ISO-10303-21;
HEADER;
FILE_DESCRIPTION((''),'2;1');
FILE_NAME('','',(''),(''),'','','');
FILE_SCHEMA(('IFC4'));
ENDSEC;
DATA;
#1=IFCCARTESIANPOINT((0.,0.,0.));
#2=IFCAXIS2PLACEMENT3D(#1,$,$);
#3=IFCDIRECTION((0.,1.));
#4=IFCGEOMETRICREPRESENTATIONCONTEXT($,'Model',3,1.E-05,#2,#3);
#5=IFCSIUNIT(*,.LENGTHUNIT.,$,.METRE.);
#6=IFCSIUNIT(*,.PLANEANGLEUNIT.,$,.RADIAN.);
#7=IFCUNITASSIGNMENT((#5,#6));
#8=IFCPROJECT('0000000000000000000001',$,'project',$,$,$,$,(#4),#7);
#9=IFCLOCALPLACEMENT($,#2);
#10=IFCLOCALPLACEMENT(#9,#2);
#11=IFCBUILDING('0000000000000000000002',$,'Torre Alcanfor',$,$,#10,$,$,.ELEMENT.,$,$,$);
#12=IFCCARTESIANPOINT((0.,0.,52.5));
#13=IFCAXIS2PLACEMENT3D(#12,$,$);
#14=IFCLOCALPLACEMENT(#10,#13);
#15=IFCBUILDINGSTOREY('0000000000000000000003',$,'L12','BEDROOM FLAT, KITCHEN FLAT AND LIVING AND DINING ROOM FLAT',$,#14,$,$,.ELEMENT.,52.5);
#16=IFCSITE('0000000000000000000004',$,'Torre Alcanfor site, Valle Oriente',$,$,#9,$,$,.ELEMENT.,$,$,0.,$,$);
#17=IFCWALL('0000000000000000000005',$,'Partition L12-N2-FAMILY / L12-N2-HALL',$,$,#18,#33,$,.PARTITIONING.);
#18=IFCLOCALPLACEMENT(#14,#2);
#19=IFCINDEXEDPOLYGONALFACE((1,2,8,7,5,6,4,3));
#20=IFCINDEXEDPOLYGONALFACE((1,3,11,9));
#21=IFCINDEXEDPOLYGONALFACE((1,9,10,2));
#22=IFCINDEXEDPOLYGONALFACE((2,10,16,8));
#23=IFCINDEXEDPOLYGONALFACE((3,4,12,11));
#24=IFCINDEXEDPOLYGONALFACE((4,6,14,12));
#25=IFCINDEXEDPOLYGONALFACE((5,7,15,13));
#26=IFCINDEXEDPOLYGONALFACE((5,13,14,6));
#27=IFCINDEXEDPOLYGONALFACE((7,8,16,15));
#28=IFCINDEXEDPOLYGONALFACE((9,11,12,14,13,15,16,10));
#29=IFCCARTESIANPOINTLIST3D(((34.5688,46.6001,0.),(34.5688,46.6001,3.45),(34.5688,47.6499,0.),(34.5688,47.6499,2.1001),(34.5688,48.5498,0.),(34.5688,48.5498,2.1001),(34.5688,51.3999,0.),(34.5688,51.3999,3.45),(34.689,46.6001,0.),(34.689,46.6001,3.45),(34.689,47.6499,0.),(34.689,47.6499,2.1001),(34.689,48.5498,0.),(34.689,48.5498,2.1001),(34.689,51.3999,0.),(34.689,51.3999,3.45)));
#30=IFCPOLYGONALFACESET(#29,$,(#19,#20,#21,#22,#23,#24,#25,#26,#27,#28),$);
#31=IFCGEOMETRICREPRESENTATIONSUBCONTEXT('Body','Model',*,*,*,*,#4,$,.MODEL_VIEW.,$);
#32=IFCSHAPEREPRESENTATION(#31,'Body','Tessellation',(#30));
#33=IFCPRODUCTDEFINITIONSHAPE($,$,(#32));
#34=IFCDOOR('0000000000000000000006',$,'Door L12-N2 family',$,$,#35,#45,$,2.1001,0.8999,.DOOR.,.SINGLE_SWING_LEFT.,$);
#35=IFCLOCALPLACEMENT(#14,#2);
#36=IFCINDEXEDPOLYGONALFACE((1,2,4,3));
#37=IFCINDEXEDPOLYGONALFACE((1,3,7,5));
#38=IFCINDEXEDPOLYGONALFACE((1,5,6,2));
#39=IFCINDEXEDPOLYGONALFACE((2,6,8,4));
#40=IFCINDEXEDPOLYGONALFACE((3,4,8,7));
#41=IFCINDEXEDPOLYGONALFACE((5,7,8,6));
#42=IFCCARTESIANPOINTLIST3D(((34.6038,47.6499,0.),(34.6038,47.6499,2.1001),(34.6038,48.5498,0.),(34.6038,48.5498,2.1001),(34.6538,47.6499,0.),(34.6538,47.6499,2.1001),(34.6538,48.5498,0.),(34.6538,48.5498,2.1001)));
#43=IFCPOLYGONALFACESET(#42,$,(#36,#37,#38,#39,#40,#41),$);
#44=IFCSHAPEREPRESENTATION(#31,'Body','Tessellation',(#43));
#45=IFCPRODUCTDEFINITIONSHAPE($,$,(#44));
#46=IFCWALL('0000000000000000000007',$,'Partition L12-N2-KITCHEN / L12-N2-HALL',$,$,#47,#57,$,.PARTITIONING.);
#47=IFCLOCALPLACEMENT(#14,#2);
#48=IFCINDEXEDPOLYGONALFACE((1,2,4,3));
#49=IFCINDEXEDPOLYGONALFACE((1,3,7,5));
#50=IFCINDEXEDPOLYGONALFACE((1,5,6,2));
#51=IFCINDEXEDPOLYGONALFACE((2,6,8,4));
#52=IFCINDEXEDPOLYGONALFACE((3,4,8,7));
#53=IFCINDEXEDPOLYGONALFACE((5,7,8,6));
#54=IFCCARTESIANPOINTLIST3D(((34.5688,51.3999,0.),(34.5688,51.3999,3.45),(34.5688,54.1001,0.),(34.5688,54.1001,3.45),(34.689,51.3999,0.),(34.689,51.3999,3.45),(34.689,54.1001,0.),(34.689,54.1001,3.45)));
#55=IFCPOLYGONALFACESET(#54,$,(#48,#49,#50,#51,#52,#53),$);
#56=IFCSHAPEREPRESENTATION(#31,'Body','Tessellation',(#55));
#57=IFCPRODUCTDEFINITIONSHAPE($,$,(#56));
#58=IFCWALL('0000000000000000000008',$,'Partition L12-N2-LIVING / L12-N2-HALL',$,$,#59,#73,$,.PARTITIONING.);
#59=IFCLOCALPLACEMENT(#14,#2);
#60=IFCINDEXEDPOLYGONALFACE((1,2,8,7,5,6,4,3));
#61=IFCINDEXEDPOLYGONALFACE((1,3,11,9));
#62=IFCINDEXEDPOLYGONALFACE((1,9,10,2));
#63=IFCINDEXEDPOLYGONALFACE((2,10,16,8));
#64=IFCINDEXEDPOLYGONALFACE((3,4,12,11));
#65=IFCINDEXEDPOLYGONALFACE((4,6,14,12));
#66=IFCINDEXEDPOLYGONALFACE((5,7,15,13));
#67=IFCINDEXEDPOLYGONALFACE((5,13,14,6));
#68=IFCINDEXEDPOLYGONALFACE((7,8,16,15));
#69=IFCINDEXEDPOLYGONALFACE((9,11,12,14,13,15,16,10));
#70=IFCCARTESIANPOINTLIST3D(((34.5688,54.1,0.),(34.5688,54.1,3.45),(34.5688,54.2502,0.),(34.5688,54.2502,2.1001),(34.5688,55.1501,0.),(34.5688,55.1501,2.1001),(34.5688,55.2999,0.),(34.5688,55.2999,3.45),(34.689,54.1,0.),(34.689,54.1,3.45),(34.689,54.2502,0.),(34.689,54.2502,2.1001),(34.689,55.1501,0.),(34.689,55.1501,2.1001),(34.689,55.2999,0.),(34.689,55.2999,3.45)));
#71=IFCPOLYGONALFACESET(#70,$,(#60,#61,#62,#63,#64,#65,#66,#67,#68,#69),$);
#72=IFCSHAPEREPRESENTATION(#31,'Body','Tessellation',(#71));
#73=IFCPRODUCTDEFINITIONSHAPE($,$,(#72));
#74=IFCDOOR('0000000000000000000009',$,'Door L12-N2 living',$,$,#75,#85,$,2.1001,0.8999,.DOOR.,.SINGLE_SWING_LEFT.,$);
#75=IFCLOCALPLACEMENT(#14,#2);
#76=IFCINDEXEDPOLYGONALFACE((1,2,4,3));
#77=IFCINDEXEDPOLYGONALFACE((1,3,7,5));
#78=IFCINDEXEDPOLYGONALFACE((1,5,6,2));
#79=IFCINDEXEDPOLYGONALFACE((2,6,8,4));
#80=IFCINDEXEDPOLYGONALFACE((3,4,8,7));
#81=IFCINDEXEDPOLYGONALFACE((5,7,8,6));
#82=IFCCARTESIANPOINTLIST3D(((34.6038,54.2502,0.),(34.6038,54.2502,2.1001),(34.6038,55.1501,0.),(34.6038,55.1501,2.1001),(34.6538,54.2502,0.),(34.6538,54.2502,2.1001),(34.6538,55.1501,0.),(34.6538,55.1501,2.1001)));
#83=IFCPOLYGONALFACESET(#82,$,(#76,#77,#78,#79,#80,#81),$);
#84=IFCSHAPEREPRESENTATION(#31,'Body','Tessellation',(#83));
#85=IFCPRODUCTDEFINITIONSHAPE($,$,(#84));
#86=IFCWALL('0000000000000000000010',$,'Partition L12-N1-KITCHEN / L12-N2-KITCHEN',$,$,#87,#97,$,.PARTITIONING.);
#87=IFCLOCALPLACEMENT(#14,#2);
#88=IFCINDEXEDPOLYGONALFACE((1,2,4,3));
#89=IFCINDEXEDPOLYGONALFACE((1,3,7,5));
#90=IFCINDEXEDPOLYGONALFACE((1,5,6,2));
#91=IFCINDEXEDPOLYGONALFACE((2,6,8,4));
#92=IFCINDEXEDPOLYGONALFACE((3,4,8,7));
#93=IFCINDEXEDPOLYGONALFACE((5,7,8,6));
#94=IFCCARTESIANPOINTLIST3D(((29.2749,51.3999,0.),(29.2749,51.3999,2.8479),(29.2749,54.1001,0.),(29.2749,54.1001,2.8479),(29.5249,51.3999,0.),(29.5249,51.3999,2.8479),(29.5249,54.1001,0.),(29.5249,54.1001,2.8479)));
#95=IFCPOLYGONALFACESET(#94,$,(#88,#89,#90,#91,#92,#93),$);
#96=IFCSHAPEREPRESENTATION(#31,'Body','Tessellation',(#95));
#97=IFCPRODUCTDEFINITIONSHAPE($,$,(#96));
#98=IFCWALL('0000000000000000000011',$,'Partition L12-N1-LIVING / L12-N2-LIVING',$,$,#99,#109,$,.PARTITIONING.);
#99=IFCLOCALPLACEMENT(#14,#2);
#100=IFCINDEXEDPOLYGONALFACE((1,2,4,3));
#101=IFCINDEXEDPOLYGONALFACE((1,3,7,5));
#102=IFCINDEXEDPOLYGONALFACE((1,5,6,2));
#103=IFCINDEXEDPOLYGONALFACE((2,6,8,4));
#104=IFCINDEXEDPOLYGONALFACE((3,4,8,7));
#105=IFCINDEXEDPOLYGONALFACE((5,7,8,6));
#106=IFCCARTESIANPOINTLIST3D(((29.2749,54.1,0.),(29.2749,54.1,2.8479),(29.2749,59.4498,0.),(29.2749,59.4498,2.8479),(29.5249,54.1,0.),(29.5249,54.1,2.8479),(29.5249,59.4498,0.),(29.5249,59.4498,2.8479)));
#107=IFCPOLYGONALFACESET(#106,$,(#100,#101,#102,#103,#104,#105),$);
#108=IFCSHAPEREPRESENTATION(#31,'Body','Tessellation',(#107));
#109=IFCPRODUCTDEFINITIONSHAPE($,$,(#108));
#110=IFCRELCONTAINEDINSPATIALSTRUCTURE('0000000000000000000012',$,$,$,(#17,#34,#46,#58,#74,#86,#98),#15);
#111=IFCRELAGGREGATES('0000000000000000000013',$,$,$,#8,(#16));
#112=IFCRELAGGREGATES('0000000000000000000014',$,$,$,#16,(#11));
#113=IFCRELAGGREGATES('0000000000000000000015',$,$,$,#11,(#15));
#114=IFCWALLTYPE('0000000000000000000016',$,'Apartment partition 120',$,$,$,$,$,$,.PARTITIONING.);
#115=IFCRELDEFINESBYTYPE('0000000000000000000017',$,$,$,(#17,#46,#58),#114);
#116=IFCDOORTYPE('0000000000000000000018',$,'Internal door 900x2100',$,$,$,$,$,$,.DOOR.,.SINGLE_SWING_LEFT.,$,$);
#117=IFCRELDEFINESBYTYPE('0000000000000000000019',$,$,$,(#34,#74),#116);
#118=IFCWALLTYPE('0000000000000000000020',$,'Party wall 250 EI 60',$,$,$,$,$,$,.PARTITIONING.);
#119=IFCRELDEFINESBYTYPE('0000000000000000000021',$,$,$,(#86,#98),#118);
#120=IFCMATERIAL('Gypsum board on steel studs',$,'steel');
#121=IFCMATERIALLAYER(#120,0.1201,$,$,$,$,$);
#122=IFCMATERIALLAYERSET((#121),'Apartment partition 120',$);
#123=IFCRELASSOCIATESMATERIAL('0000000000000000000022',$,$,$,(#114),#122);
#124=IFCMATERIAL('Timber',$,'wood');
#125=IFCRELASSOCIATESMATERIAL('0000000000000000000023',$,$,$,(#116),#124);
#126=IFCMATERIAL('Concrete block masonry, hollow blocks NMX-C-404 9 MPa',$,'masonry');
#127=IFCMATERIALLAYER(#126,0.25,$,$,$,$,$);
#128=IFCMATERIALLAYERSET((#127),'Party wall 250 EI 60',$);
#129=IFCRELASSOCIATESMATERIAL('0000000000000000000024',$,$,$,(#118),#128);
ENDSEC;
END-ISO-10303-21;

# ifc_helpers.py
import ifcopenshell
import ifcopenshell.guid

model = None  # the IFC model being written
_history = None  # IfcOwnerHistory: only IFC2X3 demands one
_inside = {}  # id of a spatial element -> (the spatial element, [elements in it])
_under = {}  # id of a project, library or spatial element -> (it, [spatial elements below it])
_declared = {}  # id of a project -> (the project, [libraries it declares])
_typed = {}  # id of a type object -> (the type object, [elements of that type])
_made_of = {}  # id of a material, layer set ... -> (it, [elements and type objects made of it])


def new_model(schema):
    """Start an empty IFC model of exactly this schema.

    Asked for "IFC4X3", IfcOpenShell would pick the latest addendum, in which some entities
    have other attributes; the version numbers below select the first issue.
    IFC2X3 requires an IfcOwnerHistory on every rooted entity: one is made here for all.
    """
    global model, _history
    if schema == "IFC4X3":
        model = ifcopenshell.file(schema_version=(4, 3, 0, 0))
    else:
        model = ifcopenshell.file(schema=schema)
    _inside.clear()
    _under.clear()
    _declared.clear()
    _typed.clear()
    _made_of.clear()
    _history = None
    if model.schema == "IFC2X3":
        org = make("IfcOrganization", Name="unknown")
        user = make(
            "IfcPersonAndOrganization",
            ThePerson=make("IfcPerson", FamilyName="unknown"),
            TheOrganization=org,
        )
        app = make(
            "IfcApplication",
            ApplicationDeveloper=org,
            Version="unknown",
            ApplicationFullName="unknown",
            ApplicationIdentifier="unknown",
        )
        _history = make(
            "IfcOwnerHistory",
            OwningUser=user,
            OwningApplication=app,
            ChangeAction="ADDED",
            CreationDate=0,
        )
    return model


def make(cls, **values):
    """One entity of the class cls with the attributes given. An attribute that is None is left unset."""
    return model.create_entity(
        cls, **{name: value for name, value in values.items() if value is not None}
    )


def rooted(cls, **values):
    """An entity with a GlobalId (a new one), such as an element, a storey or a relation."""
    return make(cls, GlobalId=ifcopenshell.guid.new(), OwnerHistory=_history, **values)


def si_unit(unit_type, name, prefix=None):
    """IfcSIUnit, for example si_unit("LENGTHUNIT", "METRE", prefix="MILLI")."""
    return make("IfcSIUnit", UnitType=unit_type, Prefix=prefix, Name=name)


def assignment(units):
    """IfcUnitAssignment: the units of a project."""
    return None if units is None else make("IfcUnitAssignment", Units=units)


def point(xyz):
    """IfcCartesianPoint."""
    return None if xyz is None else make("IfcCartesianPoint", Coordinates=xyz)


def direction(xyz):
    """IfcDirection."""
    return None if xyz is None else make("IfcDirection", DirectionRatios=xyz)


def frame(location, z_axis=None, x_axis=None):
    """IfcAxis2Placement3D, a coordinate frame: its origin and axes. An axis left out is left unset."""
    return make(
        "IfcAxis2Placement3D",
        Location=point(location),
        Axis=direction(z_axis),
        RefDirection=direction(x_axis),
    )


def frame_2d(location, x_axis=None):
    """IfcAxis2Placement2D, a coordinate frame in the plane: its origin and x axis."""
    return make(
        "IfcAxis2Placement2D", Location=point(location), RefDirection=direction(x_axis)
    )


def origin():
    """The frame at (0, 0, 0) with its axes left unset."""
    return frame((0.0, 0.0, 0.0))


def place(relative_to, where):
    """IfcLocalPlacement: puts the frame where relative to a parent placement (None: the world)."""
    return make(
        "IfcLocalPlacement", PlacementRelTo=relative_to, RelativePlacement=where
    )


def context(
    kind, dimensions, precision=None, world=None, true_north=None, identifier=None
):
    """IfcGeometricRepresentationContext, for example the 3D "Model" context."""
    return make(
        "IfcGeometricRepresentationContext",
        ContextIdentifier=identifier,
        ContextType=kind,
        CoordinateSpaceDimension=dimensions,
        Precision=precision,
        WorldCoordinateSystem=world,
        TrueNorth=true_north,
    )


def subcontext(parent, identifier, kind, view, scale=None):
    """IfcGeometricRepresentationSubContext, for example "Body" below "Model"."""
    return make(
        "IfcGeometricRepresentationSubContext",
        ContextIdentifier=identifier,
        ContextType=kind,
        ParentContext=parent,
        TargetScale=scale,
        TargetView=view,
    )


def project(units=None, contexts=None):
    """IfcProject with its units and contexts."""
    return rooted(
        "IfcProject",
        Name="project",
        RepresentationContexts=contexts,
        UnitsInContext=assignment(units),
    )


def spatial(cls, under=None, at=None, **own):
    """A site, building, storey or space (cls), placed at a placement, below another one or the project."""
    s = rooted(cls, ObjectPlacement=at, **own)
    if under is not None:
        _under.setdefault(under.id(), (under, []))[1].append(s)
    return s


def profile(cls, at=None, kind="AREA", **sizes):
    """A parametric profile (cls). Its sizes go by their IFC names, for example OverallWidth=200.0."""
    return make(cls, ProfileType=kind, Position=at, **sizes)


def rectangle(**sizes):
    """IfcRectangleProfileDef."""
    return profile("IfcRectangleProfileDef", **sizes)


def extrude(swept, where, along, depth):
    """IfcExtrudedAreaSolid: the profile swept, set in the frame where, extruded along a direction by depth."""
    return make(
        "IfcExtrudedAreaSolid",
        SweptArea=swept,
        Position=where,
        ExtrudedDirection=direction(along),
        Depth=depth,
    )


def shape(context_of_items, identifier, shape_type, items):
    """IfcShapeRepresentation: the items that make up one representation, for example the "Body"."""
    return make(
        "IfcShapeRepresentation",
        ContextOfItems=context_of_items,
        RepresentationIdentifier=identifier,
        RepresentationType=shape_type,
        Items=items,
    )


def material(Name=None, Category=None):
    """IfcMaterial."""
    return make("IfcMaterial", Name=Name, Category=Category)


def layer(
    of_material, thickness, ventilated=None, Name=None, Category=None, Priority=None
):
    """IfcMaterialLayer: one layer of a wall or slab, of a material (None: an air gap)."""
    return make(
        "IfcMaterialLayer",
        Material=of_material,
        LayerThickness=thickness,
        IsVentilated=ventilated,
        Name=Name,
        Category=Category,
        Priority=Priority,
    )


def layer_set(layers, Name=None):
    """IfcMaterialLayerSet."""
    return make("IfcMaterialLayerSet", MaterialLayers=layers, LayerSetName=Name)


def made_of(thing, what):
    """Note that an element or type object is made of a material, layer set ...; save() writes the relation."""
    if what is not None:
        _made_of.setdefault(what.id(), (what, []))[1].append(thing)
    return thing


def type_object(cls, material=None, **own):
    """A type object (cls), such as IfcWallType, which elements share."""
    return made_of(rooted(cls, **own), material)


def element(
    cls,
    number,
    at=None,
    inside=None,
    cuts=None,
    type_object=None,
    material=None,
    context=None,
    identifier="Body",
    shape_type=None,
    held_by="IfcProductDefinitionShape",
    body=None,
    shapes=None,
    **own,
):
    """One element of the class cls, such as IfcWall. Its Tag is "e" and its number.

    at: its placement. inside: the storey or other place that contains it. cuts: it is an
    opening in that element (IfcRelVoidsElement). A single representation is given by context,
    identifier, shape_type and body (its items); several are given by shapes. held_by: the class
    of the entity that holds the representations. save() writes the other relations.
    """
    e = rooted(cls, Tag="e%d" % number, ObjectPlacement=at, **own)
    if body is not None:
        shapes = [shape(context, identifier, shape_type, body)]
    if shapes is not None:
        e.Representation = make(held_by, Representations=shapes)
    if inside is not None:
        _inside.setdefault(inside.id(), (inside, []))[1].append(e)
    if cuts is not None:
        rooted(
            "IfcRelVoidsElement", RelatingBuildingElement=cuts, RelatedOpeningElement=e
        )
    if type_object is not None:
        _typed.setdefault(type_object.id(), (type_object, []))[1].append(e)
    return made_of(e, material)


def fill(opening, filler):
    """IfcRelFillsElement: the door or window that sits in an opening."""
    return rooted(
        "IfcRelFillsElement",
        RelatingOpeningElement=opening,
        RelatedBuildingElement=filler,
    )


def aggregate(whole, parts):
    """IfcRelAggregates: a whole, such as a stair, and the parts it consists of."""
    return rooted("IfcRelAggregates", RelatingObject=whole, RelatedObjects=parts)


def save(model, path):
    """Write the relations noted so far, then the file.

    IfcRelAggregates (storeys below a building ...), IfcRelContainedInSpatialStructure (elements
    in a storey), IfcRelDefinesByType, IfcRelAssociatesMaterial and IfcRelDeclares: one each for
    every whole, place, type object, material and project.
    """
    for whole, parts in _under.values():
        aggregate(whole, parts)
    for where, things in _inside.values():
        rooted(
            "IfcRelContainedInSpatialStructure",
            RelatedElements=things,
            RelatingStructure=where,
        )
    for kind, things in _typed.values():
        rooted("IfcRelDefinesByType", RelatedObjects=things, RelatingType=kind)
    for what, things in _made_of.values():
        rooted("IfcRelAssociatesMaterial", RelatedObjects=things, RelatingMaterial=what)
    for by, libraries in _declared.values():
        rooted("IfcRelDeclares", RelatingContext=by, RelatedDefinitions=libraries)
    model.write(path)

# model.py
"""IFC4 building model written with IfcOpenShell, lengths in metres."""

from ifc_helpers import new_model, si_unit, direction, frame, frame_2d, origin, place, context, subcontext, project, spatial, rectangle, extrude, material, layer, layer_set, type_object, element, fill, save


model = new_model("IFC4")

# Units and contexts
model_context = context("Model", 3, precision=1e-05, world=origin(), true_north=direction((0.0, 1.0)))
body_context = subcontext(model_context, "Body", "Model", "MODEL_VIEW")
ifc_project = project(units=[si_unit("LENGTHUNIT", "METRE"), si_unit("PLANEANGLEUNIT", "RADIAN")], contexts=[model_context])

# Site, building, storey
site_placement = place(None, origin())
site = spatial("IfcSite", under=ifc_project, at=site_placement, Name="Torre Alcanfor site, Valle Oriente", CompositionType="ELEMENT", RefElevation=0.0)
building_placement = place(site_placement, origin())
building = spatial("IfcBuilding", under=site, at=building_placement, Name="Torre Alcanfor", CompositionType="ELEMENT")
storey_placement = place(building_placement, frame((0.0, 0.0, 52.5)))
storey = spatial("IfcBuildingStorey", under=building, at=storey_placement, Name="L12", Description="BEDROOM FLAT, KITCHEN FLAT AND LIVING AND DINING ROOM FLAT", CompositionType="ELEMENT", Elevation=52.5)

# Shared definitions
ifc_material_1 = material(Name="Gypsum board on steel studs", Category="steel")
ifc_layer_1 = layer(ifc_material_1, 0.1201)
ifc_layer_set_1 = layer_set([ifc_layer_1], Name="Apartment partition 120")
wall_type_1 = type_object("IfcWallType", Name="Apartment partition 120", PredefinedType="PARTITIONING", material=ifc_layer_set_1)

# Wall, opening, door
wall_1_placement = place(storey_placement, frame((34.6289, 51.3999, 0.0), z_axis=(0.0, 0.0, 1.0), x_axis=(0.0, -1.0, 0.0)))
wall_1 = element("IfcWall", 1, at=wall_1_placement, inside=storey, type_object=wall_type_1, Name="Partition L12-N2-FAMILY / L12-N2-HALL", PredefinedType="PARTITIONING", context=body_context, shape_type="SweptSolid", body=[
    extrude(rectangle(XDim=4.7998, YDim=0.1201, at=frame_2d((2.3999, 0.0))), origin(), (0.0, 0.0, 1.0), 3.45),
])
opening_1_placement = place(wall_1_placement, frame((2.8501, 0.0, 0.0)))
opening_1 = element("IfcOpeningElement", 2, at=opening_1_placement, cuts=wall_1, PredefinedType="OPENING", context=body_context, shape_type="SweptSolid", body=[
    extrude(rectangle(XDim=0.8999, YDim=2.1001, at=frame_2d((0.45, 1.05))), frame((0.0, 0.0701, 0.0), z_axis=(0.0, -1.0, 0.0), x_axis=(1.0, 0.0, 0.0)), (0.0, 0.0, 1.0), 0.1401),
])
ifc_material_2 = material(Name="Timber", Category="wood")
door_type = type_object("IfcDoorType", Name="Internal door 900x2100", OperationType="SINGLE_SWING_LEFT", PredefinedType="DOOR", material=ifc_material_2)
door_1_placement = place(opening_1_placement, frame((0.8999, 0.0, 0.0), z_axis=(0.0, 0.0, 1.0), x_axis=(-1.0, 0.0, 0.0)))
door_1 = element("IfcDoor", 3, at=door_1_placement, inside=storey, type_object=door_type, Name="Door L12-N2 family", OperationType="SINGLE_SWING_LEFT", OverallHeight=2.1001, OverallWidth=0.8999, PredefinedType="DOOR", context=body_context, shape_type="SweptSolid", body=[
    extrude(rectangle(XDim=0.8999, YDim=2.1001, at=frame_2d((0.45, 1.05))), frame((0.0, 0.0251, 0.0), z_axis=(0.0, -1.0, 0.0), x_axis=(1.0, 0.0, 0.0)), (0.0, 0.0, 1.0), 0.05),
])
fill(opening_1, door_1)

# Wall
wall_2_placement = place(storey_placement, frame((34.6289, 54.1001, 0.0), z_axis=(0.0, 0.0, 1.0), x_axis=(0.0, -1.0, 0.0)))
element("IfcWall", 4, at=wall_2_placement, inside=storey, type_object=wall_type_1, Name="Partition L12-N2-KITCHEN / L12-N2-HALL", PredefinedType="PARTITIONING", context=body_context, shape_type="SweptSolid", body=[
    extrude(rectangle(XDim=2.7002, YDim=0.1201, at=frame_2d((1.3501, 0.0))), origin(), (0.0, 0.0, 1.0), 3.45),
])

# Wall, opening, door
wall_3_placement = place(storey_placement, frame((34.6289, 55.3, 0.0), z_axis=(0.0, 0.0, 1.0), x_axis=(0.0, -1.0, 0.0)))
wall_3 = element("IfcWall", 5, at=wall_3_placement, inside=storey, type_object=wall_type_1, Name="Partition L12-N2-LIVING / L12-N2-HALL", PredefinedType="PARTITIONING", context=body_context, shape_type="SweptSolid", body=[
    extrude(rectangle(XDim=1.2, YDim=0.1201, at=frame_2d((0.6001, 0.0))), origin(), (0.0, 0.0, 1.0), 3.45),
])
opening_2_placement = place(wall_3_placement, frame((0.1499, 0.0, 0.0)))
opening_2 = element("IfcOpeningElement", 6, at=opening_2_placement, cuts=wall_3, PredefinedType="OPENING", context=body_context, shape_type="SweptSolid", body=[
    extrude(rectangle(XDim=0.8999, YDim=2.1001, at=frame_2d((0.45, 1.05))), frame((0.0, 0.0701, 0.0), z_axis=(0.0, -1.0, 0.0), x_axis=(1.0, 0.0, 0.0)), (0.0, 0.0, 1.0), 0.1401),
])
door_2_placement = place(opening_2_placement, frame((0.8999, 0.0, 0.0), z_axis=(0.0, 0.0, 1.0), x_axis=(-1.0, 0.0, 0.0)))
door_2 = element("IfcDoor", 7, at=door_2_placement, inside=storey, type_object=door_type, Name="Door L12-N2 living", OperationType="SINGLE_SWING_LEFT", OverallHeight=2.1001, OverallWidth=0.8999, PredefinedType="DOOR", context=body_context, shape_type="SweptSolid", body=[
    extrude(rectangle(XDim=0.8999, YDim=2.1001, at=frame_2d((0.45, 1.05))), frame((0.0, 0.0251, 0.0), z_axis=(0.0, -1.0, 0.0), x_axis=(1.0, 0.0, 0.0)), (0.0, 0.0, 1.0), 0.05),
])
fill(opening_2, door_2)

# Walls
ifc_material_3 = material(Name="Concrete block masonry, hollow blocks NMX-C-404 9 MPa", Category="masonry")
ifc_layer_2 = layer(ifc_material_3, 0.25)
ifc_layer_set_2 = layer_set([ifc_layer_2], Name="Party wall 250 EI 60")
wall_type_2 = type_object("IfcWallType", Name="Party wall 250 EI 60", PredefinedType="PARTITIONING", material=ifc_layer_set_2)
wall_4_placement = place(storey_placement, frame((29.3999, 51.3999, 0.0), z_axis=(0.0, 0.0, 1.0), x_axis=(0.0, 1.0, 0.0)))
element("IfcWall", 8, at=wall_4_placement, inside=storey, type_object=wall_type_2, Name="Partition L12-N1-KITCHEN / L12-N2-KITCHEN", PredefinedType="PARTITIONING", context=body_context, shape_type="SweptSolid", body=[
    extrude(rectangle(XDim=2.7002, YDim=0.25, at=frame_2d((1.3501, 0.0))), origin(), (0.0, 0.0, 1.0), 2.8479),
])
wall_5_placement = place(storey_placement, frame((29.3999, 54.1001, 0.0), z_axis=(0.0, 0.0, 1.0), x_axis=(0.0, 1.0, 0.0)))
element("IfcWall", 9, at=wall_5_placement, inside=storey, type_object=wall_type_2, Name="Partition L12-N1-LIVING / L12-N2-LIVING", PredefinedType="PARTITIONING", context=body_context, shape_type="SweptSolid", body=[
    extrude(rectangle(XDim=5.3499, YDim=0.25, at=frame_2d((2.6748, 0.0))), origin(), (0.0, 0.0, 1.0), 2.8479),
])

save(model, "model.ifc")
